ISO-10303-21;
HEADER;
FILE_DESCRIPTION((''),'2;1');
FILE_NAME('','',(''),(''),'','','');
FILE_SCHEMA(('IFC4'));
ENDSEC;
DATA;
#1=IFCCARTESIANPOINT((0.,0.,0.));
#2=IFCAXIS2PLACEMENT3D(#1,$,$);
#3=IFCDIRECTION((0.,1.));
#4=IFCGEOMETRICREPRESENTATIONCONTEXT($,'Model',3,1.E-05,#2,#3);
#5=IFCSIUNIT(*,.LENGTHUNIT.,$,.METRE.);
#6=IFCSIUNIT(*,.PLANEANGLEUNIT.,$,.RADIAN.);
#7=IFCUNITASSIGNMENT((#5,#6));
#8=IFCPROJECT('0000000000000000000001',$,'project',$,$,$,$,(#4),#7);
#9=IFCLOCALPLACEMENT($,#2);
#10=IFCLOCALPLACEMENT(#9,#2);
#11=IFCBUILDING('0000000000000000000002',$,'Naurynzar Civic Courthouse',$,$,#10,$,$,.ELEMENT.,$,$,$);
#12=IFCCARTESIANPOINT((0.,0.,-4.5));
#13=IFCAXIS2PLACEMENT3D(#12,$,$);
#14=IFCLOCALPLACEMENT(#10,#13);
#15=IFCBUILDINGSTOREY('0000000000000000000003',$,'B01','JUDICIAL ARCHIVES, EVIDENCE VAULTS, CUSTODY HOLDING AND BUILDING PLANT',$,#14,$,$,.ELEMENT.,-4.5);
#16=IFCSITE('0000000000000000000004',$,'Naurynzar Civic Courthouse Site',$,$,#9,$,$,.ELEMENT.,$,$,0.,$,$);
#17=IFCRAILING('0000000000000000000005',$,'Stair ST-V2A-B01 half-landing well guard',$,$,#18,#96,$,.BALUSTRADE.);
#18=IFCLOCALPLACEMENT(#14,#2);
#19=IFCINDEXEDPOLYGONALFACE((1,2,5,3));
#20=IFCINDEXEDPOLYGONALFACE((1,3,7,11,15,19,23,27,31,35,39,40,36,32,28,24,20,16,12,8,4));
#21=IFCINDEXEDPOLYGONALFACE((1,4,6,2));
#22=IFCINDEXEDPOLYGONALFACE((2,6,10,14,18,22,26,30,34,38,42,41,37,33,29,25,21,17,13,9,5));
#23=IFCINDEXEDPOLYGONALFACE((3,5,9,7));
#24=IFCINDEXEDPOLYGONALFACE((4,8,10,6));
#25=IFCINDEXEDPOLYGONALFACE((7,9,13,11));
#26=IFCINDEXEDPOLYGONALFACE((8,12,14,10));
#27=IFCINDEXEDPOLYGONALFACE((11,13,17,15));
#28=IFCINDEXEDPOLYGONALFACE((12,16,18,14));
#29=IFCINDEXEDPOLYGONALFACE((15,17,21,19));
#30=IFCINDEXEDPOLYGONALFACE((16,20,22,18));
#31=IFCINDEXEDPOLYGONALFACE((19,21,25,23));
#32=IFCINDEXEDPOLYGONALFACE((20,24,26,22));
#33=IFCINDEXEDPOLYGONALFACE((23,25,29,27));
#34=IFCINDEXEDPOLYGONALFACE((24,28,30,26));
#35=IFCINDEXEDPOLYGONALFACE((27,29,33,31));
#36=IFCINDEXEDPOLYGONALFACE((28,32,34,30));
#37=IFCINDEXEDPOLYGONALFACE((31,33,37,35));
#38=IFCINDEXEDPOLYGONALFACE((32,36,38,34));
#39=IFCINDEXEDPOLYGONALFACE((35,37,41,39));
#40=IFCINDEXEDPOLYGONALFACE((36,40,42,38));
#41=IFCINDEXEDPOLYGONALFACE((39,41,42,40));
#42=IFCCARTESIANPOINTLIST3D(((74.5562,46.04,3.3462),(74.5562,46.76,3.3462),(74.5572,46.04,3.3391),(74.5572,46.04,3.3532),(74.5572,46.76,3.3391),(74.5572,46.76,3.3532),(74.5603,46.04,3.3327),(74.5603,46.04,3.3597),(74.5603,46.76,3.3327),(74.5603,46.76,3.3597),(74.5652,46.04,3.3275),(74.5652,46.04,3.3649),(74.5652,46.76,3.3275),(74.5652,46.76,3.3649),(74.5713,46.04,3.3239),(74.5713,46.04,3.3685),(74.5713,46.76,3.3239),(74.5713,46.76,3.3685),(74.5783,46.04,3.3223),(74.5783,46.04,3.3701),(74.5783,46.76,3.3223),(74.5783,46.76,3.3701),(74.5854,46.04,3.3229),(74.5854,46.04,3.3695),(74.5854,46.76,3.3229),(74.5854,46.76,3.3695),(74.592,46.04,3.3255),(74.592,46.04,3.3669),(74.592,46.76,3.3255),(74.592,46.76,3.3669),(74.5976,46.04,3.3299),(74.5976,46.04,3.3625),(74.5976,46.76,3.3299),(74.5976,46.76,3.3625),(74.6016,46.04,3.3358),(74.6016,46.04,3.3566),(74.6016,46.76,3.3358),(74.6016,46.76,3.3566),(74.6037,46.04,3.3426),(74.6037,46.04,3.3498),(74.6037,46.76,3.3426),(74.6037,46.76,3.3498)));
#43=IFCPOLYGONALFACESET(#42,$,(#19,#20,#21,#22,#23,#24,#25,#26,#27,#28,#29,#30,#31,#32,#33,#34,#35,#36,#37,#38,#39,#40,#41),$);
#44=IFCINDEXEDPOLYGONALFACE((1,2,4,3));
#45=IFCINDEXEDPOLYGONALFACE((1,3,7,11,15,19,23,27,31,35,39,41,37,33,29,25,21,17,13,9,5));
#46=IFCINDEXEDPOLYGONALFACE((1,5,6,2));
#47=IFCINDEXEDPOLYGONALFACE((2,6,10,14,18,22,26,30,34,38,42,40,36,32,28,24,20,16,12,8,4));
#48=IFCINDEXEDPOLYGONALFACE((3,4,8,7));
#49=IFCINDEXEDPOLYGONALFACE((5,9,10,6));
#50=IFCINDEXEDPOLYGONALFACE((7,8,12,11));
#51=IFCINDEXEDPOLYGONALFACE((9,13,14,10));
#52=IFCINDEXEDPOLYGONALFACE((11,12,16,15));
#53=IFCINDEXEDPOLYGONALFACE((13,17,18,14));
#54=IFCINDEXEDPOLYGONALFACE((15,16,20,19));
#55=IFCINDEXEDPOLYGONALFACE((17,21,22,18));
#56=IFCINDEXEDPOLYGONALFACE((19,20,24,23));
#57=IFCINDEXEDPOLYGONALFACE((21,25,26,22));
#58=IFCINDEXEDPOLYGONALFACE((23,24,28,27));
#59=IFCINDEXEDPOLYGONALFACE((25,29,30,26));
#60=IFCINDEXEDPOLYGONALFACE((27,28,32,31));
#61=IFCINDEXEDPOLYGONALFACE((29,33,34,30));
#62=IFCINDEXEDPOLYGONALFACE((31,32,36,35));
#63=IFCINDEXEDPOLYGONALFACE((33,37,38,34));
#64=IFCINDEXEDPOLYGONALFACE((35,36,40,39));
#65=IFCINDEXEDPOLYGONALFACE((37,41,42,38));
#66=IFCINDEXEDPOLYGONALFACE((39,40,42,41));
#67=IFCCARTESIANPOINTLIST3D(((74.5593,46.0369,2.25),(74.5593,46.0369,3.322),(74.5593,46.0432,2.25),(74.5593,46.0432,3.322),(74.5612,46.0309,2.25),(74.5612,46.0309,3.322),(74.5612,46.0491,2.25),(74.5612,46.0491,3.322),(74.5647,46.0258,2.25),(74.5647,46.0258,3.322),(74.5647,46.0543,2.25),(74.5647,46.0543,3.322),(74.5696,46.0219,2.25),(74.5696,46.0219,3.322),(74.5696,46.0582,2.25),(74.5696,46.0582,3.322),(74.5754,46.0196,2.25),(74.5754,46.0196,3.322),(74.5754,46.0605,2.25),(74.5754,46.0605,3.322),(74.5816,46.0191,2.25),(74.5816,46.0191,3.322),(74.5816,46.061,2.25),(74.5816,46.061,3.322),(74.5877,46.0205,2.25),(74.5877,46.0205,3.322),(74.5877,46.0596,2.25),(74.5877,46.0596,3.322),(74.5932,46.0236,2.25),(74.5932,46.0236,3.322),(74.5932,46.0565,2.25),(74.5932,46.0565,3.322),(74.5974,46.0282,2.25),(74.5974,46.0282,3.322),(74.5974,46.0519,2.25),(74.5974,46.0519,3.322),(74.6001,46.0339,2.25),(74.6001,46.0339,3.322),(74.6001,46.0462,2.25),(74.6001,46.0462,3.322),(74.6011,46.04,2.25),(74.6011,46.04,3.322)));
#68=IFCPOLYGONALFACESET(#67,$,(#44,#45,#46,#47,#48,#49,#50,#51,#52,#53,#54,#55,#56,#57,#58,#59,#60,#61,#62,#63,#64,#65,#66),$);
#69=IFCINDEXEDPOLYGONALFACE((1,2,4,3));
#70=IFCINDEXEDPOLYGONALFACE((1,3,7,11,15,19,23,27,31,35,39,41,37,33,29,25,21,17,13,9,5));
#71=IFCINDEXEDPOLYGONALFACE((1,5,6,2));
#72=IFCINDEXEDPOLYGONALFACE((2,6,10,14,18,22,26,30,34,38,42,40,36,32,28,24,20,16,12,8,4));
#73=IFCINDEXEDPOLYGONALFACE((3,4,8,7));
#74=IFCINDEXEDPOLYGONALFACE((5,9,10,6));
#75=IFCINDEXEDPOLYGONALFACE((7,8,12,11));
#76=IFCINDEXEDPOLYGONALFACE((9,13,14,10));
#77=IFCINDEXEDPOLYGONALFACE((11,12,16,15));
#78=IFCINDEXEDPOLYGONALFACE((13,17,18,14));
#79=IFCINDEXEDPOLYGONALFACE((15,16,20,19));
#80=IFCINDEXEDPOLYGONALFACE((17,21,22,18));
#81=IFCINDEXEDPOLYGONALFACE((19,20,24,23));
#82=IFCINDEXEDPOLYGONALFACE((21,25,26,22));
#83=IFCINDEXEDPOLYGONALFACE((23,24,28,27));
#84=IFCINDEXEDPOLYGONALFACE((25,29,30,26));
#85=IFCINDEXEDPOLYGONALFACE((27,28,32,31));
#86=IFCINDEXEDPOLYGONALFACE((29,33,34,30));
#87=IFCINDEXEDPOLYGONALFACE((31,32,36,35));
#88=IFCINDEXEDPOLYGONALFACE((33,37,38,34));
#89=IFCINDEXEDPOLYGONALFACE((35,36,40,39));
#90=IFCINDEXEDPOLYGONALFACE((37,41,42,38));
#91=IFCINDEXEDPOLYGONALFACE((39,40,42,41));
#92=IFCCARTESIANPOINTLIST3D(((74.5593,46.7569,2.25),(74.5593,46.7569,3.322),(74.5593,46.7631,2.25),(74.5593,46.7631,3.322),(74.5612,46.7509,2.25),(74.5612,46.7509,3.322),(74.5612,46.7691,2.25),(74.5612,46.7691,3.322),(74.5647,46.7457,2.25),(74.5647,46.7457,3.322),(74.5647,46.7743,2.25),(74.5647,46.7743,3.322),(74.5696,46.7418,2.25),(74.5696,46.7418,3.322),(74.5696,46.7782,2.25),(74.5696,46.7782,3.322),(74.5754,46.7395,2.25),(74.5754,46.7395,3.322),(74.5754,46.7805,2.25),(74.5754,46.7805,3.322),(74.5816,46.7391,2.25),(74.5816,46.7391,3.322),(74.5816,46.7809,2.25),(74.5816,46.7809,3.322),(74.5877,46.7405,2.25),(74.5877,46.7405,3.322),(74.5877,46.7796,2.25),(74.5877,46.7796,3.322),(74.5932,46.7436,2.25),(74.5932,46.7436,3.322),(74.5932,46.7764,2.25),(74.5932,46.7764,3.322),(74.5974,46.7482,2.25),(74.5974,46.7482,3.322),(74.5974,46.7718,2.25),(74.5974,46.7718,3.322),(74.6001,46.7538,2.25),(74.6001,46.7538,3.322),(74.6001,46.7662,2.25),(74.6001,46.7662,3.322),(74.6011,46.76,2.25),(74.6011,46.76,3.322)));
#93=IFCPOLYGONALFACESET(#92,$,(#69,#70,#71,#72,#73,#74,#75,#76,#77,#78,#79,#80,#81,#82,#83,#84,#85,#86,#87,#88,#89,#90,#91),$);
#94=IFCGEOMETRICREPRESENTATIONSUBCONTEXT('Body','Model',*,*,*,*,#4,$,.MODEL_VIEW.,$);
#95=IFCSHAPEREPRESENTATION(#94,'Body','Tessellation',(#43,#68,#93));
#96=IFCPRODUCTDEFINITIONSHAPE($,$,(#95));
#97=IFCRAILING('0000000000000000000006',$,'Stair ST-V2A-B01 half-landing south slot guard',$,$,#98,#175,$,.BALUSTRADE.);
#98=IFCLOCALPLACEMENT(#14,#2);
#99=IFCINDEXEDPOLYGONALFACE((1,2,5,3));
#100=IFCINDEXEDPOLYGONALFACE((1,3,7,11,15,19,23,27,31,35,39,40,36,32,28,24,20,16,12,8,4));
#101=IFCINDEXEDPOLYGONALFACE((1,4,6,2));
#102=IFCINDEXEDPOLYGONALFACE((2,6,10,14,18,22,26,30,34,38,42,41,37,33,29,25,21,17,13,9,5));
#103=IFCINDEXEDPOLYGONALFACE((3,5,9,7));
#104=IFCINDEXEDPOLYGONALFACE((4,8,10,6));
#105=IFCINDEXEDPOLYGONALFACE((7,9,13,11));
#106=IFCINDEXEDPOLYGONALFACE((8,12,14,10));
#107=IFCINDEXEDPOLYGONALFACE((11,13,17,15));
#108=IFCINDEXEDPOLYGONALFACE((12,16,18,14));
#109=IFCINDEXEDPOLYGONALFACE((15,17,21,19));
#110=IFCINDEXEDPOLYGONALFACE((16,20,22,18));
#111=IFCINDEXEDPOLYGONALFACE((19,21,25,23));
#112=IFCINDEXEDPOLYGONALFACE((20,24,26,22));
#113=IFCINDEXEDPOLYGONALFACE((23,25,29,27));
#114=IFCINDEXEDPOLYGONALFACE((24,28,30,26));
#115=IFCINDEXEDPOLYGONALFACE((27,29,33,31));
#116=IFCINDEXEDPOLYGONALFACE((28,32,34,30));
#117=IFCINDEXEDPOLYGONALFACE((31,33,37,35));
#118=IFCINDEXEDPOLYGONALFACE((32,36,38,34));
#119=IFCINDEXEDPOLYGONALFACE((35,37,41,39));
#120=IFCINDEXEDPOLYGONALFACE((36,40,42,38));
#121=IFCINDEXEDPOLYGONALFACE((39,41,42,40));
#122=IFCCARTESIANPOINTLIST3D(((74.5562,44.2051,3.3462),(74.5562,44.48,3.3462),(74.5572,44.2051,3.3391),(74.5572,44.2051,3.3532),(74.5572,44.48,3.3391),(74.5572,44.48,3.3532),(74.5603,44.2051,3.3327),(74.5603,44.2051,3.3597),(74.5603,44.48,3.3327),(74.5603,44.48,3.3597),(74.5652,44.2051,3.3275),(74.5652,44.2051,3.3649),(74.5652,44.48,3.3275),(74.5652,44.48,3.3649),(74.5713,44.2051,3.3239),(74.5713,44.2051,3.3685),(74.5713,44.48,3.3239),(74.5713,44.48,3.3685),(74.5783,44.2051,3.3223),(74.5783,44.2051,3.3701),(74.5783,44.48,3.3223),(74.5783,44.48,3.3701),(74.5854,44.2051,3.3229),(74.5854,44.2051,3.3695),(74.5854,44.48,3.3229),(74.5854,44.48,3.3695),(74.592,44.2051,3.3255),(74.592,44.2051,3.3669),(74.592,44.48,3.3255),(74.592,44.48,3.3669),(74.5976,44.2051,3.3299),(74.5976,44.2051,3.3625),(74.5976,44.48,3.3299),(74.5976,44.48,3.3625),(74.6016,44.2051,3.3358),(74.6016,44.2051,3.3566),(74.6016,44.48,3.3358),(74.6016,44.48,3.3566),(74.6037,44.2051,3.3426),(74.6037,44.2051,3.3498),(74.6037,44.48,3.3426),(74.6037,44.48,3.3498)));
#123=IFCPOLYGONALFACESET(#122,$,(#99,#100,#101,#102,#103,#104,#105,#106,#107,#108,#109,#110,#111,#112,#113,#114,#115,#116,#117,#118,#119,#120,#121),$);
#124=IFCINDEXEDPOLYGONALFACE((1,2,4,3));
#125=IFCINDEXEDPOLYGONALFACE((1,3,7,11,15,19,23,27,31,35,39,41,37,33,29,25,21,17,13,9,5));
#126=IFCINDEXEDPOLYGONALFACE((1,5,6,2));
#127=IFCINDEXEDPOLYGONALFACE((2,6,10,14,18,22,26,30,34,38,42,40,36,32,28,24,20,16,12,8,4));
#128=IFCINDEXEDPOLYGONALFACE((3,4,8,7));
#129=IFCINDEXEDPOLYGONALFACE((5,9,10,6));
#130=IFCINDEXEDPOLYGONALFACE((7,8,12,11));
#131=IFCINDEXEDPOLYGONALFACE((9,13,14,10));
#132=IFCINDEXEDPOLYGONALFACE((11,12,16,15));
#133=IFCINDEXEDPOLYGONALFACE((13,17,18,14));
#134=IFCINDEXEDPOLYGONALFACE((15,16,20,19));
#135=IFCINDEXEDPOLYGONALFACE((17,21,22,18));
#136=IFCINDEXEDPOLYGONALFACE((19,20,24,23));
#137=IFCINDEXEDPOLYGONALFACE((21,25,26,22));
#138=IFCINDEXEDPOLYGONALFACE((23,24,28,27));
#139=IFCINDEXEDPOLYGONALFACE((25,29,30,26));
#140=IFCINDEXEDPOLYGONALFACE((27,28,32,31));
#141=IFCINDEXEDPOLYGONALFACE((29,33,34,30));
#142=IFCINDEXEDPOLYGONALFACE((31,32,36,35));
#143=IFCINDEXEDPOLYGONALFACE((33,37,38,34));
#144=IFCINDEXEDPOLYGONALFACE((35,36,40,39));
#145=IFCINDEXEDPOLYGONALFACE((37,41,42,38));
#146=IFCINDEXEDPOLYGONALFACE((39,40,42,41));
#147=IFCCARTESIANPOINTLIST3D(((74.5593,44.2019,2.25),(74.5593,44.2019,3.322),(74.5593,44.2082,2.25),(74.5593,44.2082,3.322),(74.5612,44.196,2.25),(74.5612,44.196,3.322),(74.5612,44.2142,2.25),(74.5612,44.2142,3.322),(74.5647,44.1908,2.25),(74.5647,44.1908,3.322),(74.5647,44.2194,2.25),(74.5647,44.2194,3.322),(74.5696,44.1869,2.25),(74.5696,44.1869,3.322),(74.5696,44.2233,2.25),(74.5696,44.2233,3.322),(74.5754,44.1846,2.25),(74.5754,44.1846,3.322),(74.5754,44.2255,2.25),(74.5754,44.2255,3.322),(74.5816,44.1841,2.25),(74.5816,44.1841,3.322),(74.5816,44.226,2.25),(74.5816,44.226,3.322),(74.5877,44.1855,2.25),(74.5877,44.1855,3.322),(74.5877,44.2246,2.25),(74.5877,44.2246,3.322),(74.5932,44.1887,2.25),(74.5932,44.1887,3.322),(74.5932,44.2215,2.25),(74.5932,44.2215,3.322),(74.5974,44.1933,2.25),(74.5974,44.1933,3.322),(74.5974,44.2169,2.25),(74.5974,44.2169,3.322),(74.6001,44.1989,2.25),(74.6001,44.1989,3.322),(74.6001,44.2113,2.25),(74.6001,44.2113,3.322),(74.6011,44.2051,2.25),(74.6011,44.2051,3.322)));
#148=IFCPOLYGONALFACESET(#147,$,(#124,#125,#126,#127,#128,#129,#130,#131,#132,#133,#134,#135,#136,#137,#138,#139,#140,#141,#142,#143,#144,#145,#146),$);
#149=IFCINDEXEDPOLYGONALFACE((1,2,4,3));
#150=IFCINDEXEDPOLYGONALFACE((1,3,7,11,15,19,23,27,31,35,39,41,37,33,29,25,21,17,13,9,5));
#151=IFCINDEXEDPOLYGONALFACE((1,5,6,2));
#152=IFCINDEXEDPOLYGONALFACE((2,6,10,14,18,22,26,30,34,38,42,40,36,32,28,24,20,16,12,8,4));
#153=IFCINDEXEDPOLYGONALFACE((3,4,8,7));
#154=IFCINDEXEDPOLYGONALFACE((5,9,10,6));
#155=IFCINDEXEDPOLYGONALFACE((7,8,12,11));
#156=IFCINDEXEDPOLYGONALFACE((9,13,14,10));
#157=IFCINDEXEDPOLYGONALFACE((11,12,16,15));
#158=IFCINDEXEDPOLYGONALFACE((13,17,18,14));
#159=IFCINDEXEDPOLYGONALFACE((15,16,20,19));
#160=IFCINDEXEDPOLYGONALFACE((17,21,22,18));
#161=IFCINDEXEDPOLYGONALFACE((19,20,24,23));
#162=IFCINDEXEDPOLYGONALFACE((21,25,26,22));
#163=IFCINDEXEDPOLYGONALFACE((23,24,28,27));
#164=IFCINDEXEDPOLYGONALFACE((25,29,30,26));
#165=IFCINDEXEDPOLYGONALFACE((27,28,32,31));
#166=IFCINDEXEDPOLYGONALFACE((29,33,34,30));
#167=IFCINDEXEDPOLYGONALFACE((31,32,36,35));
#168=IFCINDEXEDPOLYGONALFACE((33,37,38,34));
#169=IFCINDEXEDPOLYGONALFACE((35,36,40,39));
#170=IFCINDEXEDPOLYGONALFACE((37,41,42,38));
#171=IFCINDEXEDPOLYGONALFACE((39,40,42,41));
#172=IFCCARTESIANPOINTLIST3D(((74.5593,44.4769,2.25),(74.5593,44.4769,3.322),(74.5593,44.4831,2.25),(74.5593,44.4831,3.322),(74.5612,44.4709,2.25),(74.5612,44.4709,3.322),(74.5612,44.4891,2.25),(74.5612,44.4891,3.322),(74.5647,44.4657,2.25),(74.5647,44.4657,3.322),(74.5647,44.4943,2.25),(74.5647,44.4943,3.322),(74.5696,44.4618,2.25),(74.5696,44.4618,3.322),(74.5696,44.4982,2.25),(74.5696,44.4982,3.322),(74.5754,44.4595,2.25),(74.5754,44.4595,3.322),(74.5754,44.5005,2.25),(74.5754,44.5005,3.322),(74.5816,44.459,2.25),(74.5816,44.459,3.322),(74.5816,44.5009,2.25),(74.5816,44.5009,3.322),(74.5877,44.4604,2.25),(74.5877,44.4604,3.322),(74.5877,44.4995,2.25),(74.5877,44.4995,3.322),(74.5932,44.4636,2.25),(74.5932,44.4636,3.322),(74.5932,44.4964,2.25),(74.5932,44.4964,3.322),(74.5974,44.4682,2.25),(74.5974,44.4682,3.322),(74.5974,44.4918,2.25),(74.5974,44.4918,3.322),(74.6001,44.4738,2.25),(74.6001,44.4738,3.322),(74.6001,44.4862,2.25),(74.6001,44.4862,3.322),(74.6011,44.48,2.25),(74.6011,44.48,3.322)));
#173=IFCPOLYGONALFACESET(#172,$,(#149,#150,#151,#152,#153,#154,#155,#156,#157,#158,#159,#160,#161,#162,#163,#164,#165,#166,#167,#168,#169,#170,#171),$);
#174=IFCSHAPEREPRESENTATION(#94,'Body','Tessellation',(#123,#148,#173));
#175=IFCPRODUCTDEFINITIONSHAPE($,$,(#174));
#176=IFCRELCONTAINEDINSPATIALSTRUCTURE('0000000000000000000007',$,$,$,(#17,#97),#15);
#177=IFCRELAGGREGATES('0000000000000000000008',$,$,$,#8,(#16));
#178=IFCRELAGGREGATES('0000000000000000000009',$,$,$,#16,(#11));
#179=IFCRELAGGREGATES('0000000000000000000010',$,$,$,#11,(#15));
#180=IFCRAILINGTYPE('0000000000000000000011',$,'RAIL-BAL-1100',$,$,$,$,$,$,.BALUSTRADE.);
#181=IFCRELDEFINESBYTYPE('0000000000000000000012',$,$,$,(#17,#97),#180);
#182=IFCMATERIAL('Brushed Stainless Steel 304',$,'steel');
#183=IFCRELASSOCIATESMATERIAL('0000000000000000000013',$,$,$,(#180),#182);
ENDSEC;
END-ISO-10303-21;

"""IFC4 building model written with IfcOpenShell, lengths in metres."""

from ifc_helpers import new_model, si_unit, direction, frame, origin, origin_2d, place, context, subcontext, project, spatial, circle, extrude, material, type_object, element, save


model = new_model("IFC4")

# Units and contexts
model_context = context("Model", 3, precision=1e-05, world=origin(), true_north=direction((0.0, 1.0)))
body_context = subcontext(model_context, "Body", "Model", "MODEL_VIEW")
ifc_project = project(units=[si_unit("LENGTHUNIT", "METRE"), si_unit("PLANEANGLEUNIT", "RADIAN")], contexts=[model_context])

# Site, building, storey
site_placement = place(None, origin())
site = spatial("IfcSite", under=ifc_project, at=site_placement, Name="Naurynzar Civic Courthouse Site", CompositionType="ELEMENT", RefElevation=0.0)
building_placement = place(site_placement, origin())
building = spatial("IfcBuilding", under=site, at=building_placement, Name="Naurynzar Civic Courthouse", CompositionType="ELEMENT")
storey_placement = place(building_placement, frame((0.0, 0.0, -4.5)))
storey = spatial("IfcBuildingStorey", under=building, at=storey_placement, Name="B01", Description="JUDICIAL ARCHIVES, EVIDENCE VAULTS, CUSTODY HOLDING AND BUILDING PLANT", CompositionType="ELEMENT", Elevation=-4.5)

# Railings
ifc_material_1 = material(Name="Brushed Stainless Steel 304", Category="steel")
railing_type_1 = type_object("IfcRailingType", Name="RAIL-BAL-1100", PredefinedType="BALUSTRADE", material=ifc_material_1)
railing_1_placement = place(storey_placement, frame((74.5801, 46.04, 2.25)))
element("IfcRailing", 1, at=railing_1_placement, inside=storey, type_object=railing_type_1, Name="Stair ST-V2A-B01 half-landing well guard", PredefinedType="BALUSTRADE", context=body_context, shape_type="SweptSolid", body=[
    extrude(circle(Radius=0.0239, at=origin_2d()), frame((0.0, 0.0, 1.0962), z_axis=(0.0, 1.0, 0.0), x_axis=(-1.0, 0.0, 0.0)), (0.0, 0.0, 1.0), 0.72),
    extrude(circle(Radius=0.021, at=origin_2d()), origin(), (0.0, 0.0, 1.0), 1.072),
    extrude(circle(Radius=0.021, at=origin_2d()), frame((0.0, 0.72, 0.0)), (0.0, 0.0, 1.0), 1.072),
])
railing_2_placement = place(storey_placement, frame((74.5801, 44.2051, 2.25)))
element("IfcRailing", 2, at=railing_2_placement, inside=storey, type_object=railing_type_1, Name="Stair ST-V2A-B01 half-landing south slot guard", PredefinedType="BALUSTRADE", context=body_context, shape_type="SweptSolid", body=[
    extrude(circle(Radius=0.0239, at=origin_2d()), frame((0.0, 0.0, 1.0962), z_axis=(0.0, 1.0, 0.0), x_axis=(-1.0, 0.0, 0.0)), (0.0, 0.0, 1.0), 0.2749),
    extrude(circle(Radius=0.021, at=origin_2d()), origin(), (0.0, 0.0, 1.0), 1.072),
    extrude(circle(Radius=0.021, at=origin_2d()), frame((0.0, 0.2749, 0.0)), (0.0, 0.0, 1.0), 1.072),
])

save(model, "model.ifc")
